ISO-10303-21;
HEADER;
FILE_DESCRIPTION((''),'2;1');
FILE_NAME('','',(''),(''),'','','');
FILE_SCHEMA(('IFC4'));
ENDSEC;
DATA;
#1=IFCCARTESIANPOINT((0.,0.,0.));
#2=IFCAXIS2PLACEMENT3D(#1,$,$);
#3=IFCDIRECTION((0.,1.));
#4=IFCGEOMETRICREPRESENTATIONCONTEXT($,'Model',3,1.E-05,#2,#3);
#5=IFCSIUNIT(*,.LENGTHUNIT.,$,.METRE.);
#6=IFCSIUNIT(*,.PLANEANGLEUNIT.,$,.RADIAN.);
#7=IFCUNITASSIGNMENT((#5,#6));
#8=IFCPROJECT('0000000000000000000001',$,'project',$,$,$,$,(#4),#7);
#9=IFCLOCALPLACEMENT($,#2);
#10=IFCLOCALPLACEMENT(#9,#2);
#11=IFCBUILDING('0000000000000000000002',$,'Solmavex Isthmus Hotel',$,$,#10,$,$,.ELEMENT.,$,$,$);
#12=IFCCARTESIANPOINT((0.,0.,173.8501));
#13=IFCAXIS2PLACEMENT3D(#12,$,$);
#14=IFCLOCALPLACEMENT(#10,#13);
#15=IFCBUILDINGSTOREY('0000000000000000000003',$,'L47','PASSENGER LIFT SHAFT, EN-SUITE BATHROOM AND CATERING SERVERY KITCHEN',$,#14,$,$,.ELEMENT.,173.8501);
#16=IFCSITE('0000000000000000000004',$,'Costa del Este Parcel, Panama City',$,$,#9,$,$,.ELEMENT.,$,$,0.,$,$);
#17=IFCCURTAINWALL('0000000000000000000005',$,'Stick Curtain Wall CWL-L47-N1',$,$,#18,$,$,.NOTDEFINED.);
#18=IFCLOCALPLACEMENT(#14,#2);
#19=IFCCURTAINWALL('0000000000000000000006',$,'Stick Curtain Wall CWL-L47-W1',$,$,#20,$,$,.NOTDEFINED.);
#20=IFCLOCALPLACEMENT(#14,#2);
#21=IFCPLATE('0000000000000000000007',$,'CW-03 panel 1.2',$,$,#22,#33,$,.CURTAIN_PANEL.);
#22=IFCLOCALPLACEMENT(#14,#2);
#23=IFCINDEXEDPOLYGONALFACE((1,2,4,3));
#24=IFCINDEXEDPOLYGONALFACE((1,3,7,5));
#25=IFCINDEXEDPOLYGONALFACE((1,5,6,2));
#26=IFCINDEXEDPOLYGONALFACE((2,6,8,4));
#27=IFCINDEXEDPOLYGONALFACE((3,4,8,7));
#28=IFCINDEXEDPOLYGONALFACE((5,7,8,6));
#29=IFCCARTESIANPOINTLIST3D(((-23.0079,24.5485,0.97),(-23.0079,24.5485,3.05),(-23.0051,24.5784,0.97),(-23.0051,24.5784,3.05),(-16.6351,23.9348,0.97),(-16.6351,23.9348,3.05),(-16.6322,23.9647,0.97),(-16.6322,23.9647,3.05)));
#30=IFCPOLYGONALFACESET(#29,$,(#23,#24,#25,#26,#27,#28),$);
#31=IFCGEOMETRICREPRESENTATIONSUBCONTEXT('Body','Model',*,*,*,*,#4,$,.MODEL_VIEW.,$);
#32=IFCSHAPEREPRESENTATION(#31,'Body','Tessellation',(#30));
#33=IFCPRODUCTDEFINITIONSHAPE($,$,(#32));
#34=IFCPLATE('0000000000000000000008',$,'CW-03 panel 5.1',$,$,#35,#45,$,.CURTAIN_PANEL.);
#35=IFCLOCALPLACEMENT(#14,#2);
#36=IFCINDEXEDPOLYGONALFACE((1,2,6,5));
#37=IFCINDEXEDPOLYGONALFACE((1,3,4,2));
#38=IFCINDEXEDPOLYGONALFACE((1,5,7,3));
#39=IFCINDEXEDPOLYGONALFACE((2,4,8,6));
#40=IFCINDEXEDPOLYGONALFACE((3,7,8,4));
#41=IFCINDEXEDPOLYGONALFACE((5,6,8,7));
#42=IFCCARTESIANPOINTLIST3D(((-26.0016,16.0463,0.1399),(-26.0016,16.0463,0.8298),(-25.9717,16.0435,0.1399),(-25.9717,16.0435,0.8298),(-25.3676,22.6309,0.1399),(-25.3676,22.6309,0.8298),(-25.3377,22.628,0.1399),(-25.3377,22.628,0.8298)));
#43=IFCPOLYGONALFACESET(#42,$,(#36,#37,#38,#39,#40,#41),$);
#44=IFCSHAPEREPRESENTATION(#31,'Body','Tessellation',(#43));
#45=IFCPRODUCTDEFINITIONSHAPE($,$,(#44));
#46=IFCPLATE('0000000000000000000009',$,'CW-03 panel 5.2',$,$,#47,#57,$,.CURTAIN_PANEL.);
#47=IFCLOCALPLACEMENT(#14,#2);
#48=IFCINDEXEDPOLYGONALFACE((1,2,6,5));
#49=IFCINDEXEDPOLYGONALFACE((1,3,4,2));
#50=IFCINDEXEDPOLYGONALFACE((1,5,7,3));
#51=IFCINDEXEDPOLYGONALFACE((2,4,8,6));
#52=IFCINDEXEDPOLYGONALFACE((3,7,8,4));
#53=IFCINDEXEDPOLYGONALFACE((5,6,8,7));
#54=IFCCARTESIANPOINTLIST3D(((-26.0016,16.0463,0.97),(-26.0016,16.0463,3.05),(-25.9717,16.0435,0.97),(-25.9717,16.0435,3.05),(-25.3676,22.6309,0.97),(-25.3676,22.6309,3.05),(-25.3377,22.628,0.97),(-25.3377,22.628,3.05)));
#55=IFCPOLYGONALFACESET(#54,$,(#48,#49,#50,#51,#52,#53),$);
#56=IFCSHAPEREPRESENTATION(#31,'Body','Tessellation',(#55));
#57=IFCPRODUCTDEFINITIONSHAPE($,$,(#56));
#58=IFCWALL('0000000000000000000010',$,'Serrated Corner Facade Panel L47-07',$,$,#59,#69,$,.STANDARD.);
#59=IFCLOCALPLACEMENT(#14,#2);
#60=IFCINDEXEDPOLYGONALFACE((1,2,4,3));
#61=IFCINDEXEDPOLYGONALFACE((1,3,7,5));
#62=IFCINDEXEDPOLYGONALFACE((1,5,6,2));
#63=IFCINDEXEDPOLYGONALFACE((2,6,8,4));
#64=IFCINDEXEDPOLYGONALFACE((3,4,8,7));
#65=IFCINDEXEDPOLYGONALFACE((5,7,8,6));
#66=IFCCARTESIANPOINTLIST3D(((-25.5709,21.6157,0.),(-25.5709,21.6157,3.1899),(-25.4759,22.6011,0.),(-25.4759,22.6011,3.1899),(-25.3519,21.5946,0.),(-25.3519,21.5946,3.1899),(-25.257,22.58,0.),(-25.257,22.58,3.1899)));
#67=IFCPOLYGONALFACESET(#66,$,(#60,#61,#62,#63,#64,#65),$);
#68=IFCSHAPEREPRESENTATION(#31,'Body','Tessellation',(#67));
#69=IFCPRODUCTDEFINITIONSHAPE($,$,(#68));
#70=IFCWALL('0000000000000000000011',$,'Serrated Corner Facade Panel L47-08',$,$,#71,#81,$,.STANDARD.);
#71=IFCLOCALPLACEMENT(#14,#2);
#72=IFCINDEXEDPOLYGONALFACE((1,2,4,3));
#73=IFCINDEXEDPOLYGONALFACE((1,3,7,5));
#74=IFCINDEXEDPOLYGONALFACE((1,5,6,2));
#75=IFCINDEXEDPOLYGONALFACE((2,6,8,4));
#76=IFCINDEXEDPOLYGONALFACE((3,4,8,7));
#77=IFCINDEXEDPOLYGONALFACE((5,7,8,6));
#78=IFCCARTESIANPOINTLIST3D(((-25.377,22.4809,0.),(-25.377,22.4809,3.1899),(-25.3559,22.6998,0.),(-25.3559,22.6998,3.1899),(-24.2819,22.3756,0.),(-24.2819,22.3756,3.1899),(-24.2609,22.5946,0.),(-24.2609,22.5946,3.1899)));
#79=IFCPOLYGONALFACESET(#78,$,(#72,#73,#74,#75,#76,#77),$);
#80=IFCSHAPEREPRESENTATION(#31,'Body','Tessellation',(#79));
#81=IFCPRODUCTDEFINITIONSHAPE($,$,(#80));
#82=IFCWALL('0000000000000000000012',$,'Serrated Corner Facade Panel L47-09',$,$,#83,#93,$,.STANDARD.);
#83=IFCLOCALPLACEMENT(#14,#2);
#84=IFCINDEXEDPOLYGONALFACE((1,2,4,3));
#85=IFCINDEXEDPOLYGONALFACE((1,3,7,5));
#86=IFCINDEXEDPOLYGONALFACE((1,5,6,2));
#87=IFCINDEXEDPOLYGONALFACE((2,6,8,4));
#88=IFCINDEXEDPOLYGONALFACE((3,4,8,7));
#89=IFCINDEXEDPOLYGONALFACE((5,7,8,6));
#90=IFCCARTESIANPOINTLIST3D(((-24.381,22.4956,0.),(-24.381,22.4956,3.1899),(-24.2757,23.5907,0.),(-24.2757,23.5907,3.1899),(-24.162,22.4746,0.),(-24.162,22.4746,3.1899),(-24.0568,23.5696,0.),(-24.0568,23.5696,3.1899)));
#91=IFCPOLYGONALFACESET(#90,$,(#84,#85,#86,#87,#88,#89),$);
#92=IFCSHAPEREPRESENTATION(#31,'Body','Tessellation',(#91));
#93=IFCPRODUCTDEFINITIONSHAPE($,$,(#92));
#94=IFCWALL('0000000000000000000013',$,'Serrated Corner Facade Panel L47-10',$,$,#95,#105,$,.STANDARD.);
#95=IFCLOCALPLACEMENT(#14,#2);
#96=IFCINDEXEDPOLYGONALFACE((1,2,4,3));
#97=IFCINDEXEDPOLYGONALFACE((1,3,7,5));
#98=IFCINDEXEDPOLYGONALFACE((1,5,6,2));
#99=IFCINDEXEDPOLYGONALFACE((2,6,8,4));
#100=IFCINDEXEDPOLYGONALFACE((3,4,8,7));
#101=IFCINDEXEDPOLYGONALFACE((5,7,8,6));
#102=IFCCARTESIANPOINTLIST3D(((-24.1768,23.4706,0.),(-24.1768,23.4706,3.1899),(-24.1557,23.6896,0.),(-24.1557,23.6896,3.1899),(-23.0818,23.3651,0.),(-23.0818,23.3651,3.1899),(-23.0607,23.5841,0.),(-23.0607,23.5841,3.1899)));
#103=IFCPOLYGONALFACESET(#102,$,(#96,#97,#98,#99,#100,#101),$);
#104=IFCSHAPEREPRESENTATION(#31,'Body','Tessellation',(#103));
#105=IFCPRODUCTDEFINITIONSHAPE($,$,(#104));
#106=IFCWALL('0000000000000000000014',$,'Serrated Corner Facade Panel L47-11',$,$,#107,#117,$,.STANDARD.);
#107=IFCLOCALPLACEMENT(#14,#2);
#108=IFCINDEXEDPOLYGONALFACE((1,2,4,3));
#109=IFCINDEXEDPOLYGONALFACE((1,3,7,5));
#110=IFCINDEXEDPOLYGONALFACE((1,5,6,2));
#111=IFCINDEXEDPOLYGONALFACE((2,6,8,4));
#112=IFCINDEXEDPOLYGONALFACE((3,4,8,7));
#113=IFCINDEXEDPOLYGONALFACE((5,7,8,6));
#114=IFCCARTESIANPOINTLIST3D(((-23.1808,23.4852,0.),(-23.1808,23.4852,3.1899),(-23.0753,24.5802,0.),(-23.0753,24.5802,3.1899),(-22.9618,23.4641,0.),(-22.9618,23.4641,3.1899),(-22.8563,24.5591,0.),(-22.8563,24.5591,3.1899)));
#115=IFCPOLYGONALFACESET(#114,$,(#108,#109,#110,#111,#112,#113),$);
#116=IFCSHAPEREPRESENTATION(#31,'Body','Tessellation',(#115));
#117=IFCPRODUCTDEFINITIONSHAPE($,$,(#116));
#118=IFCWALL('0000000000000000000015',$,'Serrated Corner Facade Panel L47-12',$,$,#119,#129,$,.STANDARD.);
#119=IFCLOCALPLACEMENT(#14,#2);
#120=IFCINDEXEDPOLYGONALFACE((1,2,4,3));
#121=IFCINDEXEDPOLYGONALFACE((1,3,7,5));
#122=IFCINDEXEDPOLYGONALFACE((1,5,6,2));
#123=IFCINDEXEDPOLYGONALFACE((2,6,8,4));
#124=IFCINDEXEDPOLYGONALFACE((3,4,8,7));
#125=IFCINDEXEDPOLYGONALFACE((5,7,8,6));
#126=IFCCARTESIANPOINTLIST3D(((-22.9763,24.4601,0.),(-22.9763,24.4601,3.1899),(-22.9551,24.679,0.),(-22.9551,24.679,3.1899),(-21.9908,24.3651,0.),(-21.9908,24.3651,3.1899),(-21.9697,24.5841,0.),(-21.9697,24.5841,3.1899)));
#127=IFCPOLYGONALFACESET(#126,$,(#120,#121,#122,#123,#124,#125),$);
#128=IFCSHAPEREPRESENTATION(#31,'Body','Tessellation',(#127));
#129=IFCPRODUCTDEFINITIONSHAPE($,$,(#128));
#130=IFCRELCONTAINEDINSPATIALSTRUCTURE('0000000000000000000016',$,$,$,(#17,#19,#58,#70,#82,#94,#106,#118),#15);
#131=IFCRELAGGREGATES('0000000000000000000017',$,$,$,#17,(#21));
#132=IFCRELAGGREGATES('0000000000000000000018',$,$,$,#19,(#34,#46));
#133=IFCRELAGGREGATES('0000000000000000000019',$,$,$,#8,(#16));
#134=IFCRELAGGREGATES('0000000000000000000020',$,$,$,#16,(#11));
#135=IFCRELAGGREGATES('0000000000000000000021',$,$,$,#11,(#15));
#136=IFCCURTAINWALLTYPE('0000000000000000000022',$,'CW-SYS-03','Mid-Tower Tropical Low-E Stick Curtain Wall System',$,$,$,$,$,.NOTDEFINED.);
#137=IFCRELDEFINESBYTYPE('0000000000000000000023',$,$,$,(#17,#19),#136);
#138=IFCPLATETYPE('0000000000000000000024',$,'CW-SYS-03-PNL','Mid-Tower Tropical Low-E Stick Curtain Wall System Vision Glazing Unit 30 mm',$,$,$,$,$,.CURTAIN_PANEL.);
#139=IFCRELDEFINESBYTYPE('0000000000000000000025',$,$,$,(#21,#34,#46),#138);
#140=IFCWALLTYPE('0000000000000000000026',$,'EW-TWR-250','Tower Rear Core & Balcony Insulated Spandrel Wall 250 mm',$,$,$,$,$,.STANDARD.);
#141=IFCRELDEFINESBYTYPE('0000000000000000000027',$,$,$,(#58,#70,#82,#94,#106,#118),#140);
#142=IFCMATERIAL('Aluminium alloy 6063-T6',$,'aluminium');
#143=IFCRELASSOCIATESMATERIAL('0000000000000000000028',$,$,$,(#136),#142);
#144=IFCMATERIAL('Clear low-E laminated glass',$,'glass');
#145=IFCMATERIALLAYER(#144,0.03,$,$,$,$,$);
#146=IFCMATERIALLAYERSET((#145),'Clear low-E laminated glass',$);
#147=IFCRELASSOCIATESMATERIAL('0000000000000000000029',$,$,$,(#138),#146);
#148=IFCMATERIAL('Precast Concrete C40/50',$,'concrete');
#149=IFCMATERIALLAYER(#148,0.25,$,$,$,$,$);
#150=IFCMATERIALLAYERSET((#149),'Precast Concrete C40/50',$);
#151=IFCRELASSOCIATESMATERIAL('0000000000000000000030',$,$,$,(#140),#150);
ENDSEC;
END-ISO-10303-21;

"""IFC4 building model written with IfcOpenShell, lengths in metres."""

from ifc_helpers import new_model, si_unit, direction, frame, frame_2d, origin, origin_2d, place, context, subcontext, project, spatial, rectangle, extrude, material, layer, layer_set, type_object, element, aggregate, save


model = new_model("IFC4")

# Units and contexts
model_context = context("Model", 3, precision=1e-05, world=origin(), true_north=direction((0.0, 1.0)))
body_context = subcontext(model_context, "Body", "Model", "MODEL_VIEW")
ifc_project = project(units=[si_unit("LENGTHUNIT", "METRE"), si_unit("PLANEANGLEUNIT", "RADIAN")], contexts=[model_context])

# Site, building, storey
site_placement = place(None, origin())
site = spatial("IfcSite", under=ifc_project, at=site_placement, Name="Costa del Este Parcel, Panama City", CompositionType="ELEMENT", RefElevation=0.0)
building_placement = place(site_placement, origin())
building = spatial("IfcBuilding", under=site, at=building_placement, Name="Solmavex Isthmus Hotel", CompositionType="ELEMENT")
storey_placement = place(building_placement, frame((0.0, 0.0, 173.8501)))
storey = spatial("IfcBuildingStorey", under=building, at=storey_placement, Name="L47", Description="PASSENGER LIFT SHAFT, EN-SUITE BATHROOM AND CATERING SERVERY KITCHEN", CompositionType="ELEMENT", Elevation=173.8501)

# Curtain walls
ifc_material_1 = material(Name="Aluminium alloy 6063-T6", Category="aluminium")
curtain_wall_type = type_object("IfcCurtainWallType", Name="CW-SYS-03", Description="Mid-Tower Tropical Low-E Stick Curtain Wall System", PredefinedType="NOTDEFINED", material=ifc_material_1)
curtain_wall_1_placement = place(storey_placement, origin())
curtain_wall_1 = element("IfcCurtainWall", 1, at=curtain_wall_1_placement, inside=storey, type_object=curtain_wall_type, Name="Stick Curtain Wall CWL-L47-N1", PredefinedType="NOTDEFINED")
curtain_wall_2_placement = place(storey_placement, origin())
curtain_wall_2 = element("IfcCurtainWall", 2, at=curtain_wall_2_placement, inside=storey, type_object=curtain_wall_type, Name="Stick Curtain Wall CWL-L47-W1", PredefinedType="NOTDEFINED")

# Plates
ifc_material_2 = material(Name="Clear low-E laminated glass", Category="glass")
ifc_layer_1 = layer(ifc_material_2, 0.03)
ifc_layer_set_1 = layer_set([ifc_layer_1], Name="Clear low-E laminated glass")
plate_type = type_object("IfcPlateType", Name="CW-SYS-03-PNL", Description="Mid-Tower Tropical Low-E Stick Curtain Wall System Vision Glazing Unit 30 mm", PredefinedType="CURTAIN_PANEL", material=ifc_layer_set_1)
plate_1_placement = place(storey_placement, frame((-19.8201, 24.2566, 0.97), z_axis=(0.0, 0.0, 1.0), x_axis=(0.995396, -0.095846, 0.0)))
plate_1 = element("IfcPlate", 3, at=plate_1_placement, type_object=plate_type, Name="CW-03 panel 1.2", PredefinedType="CURTAIN_PANEL", context=body_context, shape_type="SweptSolid", body=[
    extrude(rectangle(XDim=6.4023, YDim=0.03, at=origin_2d()), origin(), (0.0, 0.0, 1.0), 2.0801),
])
aggregate(curtain_wall_1, [plate_1])
plate_2_placement = place(storey_placement, frame((-25.6697, 19.3372, 0.1399), z_axis=(0.0, 0.0, 1.0), x_axis=(0.095846, 0.995396, 0.0)))
plate_2 = element("IfcPlate", 4, at=plate_2_placement, type_object=plate_type, Name="CW-03 panel 5.1", PredefinedType="CURTAIN_PANEL", context=body_context, shape_type="SweptSolid", body=[
    extrude(rectangle(XDim=6.615, YDim=0.03, at=origin_2d()), origin(), (0.0, 0.0, 1.0), 0.6899),
])
plate_3_placement = place(storey_placement, frame((-25.6697, 19.3372, 0.97), z_axis=(0.0, 0.0, 1.0), x_axis=(0.095846, 0.995396, 0.0)))
plate_3 = element("IfcPlate", 5, at=plate_3_placement, type_object=plate_type, Name="CW-03 panel 5.2", PredefinedType="CURTAIN_PANEL", context=body_context, shape_type="SweptSolid", body=[
    extrude(rectangle(XDim=6.615, YDim=0.03, at=origin_2d()), origin(), (0.0, 0.0, 1.0), 2.0801),
])
aggregate(curtain_wall_2, [plate_2, plate_3])

# Walls
ifc_material_3 = material(Name="Precast Concrete C40/50", Category="concrete")
ifc_layer_2 = layer(ifc_material_3, 0.25)
ifc_layer_set_2 = layer_set([ifc_layer_2], Name="Precast Concrete C40/50")
wall_type = type_object("IfcWallType", Name="EW-TWR-250", Description="Tower Rear Core & Balcony Insulated Spandrel Wall 250 mm", PredefinedType="STANDARD", material=ifc_layer_set_2)
wall_1_placement = place(storey_placement, frame((-25.4614, 21.605, 0.0), z_axis=(0.0, 0.0, 1.0), x_axis=(0.095938, 0.995387, 0.0)))
element("IfcWall", 6, at=wall_1_placement, inside=storey, type_object=wall_type, Name="Serrated Corner Facade Panel L47-07", PredefinedType="STANDARD", context=body_context, shape_type="SweptSolid", body=[
    extrude(rectangle(XDim=0.99, YDim=0.22, at=frame_2d((0.4951, 0.0))), origin(), (0.0, 0.0, 1.0), 3.1899),
])
for number, where, z_axis, x_axis, name in (
    (7, (-25.3665, 22.5903, 0.0), (0.0, 0.0, 1.0), (0.995414, -0.095657, 0.0), "Serrated Corner Facade Panel L47-08"),
    (8, (-24.2715, 22.4851, 0.0), (0.0, 0.0, 1.0), (0.095657, 0.995414, 0.0), "Serrated Corner Facade Panel L47-09"),
    (9, (-24.1663, 23.5801, 0.0), (0.0, 0.0, 1.0), (0.995393, -0.095877, 0.0), "Serrated Corner Facade Panel L47-10"),
    (10, (-23.0713, 23.4746, 0.0), (0.0, 0.0, 1.0), (0.095877, 0.995393, 0.0), "Serrated Corner Facade Panel L47-11"),
):
    element("IfcWall", number, at=place(storey_placement, frame(where, z_axis=z_axis, x_axis=x_axis)), inside=storey, type_object=wall_type, Name=name, PredefinedType="STANDARD", context=body_context, shape_type="SweptSolid", body=[
        extrude(rectangle(XDim=1.1001, YDim=0.22, at=frame_2d((0.55, 0.0))), origin(), (0.0, 0.0, 1.0), 3.1899),
    ])
wall_2_placement = place(storey_placement, frame((-22.9658, 24.5696, 0.0), z_axis=(0.0, 0.0, 1.0), x_axis=(0.995387, -0.095938, 0.0)))
element("IfcWall", 11, at=wall_2_placement, inside=storey, type_object=wall_type, Name="Serrated Corner Facade Panel L47-12", PredefinedType="STANDARD", context=body_context, shape_type="SweptSolid", body=[
    extrude(rectangle(XDim=0.99, YDim=0.22, at=frame_2d((0.4951, 0.0))), origin(), (0.0, 0.0, 1.0), 3.1899),
])

save(model, "model.ifc")
